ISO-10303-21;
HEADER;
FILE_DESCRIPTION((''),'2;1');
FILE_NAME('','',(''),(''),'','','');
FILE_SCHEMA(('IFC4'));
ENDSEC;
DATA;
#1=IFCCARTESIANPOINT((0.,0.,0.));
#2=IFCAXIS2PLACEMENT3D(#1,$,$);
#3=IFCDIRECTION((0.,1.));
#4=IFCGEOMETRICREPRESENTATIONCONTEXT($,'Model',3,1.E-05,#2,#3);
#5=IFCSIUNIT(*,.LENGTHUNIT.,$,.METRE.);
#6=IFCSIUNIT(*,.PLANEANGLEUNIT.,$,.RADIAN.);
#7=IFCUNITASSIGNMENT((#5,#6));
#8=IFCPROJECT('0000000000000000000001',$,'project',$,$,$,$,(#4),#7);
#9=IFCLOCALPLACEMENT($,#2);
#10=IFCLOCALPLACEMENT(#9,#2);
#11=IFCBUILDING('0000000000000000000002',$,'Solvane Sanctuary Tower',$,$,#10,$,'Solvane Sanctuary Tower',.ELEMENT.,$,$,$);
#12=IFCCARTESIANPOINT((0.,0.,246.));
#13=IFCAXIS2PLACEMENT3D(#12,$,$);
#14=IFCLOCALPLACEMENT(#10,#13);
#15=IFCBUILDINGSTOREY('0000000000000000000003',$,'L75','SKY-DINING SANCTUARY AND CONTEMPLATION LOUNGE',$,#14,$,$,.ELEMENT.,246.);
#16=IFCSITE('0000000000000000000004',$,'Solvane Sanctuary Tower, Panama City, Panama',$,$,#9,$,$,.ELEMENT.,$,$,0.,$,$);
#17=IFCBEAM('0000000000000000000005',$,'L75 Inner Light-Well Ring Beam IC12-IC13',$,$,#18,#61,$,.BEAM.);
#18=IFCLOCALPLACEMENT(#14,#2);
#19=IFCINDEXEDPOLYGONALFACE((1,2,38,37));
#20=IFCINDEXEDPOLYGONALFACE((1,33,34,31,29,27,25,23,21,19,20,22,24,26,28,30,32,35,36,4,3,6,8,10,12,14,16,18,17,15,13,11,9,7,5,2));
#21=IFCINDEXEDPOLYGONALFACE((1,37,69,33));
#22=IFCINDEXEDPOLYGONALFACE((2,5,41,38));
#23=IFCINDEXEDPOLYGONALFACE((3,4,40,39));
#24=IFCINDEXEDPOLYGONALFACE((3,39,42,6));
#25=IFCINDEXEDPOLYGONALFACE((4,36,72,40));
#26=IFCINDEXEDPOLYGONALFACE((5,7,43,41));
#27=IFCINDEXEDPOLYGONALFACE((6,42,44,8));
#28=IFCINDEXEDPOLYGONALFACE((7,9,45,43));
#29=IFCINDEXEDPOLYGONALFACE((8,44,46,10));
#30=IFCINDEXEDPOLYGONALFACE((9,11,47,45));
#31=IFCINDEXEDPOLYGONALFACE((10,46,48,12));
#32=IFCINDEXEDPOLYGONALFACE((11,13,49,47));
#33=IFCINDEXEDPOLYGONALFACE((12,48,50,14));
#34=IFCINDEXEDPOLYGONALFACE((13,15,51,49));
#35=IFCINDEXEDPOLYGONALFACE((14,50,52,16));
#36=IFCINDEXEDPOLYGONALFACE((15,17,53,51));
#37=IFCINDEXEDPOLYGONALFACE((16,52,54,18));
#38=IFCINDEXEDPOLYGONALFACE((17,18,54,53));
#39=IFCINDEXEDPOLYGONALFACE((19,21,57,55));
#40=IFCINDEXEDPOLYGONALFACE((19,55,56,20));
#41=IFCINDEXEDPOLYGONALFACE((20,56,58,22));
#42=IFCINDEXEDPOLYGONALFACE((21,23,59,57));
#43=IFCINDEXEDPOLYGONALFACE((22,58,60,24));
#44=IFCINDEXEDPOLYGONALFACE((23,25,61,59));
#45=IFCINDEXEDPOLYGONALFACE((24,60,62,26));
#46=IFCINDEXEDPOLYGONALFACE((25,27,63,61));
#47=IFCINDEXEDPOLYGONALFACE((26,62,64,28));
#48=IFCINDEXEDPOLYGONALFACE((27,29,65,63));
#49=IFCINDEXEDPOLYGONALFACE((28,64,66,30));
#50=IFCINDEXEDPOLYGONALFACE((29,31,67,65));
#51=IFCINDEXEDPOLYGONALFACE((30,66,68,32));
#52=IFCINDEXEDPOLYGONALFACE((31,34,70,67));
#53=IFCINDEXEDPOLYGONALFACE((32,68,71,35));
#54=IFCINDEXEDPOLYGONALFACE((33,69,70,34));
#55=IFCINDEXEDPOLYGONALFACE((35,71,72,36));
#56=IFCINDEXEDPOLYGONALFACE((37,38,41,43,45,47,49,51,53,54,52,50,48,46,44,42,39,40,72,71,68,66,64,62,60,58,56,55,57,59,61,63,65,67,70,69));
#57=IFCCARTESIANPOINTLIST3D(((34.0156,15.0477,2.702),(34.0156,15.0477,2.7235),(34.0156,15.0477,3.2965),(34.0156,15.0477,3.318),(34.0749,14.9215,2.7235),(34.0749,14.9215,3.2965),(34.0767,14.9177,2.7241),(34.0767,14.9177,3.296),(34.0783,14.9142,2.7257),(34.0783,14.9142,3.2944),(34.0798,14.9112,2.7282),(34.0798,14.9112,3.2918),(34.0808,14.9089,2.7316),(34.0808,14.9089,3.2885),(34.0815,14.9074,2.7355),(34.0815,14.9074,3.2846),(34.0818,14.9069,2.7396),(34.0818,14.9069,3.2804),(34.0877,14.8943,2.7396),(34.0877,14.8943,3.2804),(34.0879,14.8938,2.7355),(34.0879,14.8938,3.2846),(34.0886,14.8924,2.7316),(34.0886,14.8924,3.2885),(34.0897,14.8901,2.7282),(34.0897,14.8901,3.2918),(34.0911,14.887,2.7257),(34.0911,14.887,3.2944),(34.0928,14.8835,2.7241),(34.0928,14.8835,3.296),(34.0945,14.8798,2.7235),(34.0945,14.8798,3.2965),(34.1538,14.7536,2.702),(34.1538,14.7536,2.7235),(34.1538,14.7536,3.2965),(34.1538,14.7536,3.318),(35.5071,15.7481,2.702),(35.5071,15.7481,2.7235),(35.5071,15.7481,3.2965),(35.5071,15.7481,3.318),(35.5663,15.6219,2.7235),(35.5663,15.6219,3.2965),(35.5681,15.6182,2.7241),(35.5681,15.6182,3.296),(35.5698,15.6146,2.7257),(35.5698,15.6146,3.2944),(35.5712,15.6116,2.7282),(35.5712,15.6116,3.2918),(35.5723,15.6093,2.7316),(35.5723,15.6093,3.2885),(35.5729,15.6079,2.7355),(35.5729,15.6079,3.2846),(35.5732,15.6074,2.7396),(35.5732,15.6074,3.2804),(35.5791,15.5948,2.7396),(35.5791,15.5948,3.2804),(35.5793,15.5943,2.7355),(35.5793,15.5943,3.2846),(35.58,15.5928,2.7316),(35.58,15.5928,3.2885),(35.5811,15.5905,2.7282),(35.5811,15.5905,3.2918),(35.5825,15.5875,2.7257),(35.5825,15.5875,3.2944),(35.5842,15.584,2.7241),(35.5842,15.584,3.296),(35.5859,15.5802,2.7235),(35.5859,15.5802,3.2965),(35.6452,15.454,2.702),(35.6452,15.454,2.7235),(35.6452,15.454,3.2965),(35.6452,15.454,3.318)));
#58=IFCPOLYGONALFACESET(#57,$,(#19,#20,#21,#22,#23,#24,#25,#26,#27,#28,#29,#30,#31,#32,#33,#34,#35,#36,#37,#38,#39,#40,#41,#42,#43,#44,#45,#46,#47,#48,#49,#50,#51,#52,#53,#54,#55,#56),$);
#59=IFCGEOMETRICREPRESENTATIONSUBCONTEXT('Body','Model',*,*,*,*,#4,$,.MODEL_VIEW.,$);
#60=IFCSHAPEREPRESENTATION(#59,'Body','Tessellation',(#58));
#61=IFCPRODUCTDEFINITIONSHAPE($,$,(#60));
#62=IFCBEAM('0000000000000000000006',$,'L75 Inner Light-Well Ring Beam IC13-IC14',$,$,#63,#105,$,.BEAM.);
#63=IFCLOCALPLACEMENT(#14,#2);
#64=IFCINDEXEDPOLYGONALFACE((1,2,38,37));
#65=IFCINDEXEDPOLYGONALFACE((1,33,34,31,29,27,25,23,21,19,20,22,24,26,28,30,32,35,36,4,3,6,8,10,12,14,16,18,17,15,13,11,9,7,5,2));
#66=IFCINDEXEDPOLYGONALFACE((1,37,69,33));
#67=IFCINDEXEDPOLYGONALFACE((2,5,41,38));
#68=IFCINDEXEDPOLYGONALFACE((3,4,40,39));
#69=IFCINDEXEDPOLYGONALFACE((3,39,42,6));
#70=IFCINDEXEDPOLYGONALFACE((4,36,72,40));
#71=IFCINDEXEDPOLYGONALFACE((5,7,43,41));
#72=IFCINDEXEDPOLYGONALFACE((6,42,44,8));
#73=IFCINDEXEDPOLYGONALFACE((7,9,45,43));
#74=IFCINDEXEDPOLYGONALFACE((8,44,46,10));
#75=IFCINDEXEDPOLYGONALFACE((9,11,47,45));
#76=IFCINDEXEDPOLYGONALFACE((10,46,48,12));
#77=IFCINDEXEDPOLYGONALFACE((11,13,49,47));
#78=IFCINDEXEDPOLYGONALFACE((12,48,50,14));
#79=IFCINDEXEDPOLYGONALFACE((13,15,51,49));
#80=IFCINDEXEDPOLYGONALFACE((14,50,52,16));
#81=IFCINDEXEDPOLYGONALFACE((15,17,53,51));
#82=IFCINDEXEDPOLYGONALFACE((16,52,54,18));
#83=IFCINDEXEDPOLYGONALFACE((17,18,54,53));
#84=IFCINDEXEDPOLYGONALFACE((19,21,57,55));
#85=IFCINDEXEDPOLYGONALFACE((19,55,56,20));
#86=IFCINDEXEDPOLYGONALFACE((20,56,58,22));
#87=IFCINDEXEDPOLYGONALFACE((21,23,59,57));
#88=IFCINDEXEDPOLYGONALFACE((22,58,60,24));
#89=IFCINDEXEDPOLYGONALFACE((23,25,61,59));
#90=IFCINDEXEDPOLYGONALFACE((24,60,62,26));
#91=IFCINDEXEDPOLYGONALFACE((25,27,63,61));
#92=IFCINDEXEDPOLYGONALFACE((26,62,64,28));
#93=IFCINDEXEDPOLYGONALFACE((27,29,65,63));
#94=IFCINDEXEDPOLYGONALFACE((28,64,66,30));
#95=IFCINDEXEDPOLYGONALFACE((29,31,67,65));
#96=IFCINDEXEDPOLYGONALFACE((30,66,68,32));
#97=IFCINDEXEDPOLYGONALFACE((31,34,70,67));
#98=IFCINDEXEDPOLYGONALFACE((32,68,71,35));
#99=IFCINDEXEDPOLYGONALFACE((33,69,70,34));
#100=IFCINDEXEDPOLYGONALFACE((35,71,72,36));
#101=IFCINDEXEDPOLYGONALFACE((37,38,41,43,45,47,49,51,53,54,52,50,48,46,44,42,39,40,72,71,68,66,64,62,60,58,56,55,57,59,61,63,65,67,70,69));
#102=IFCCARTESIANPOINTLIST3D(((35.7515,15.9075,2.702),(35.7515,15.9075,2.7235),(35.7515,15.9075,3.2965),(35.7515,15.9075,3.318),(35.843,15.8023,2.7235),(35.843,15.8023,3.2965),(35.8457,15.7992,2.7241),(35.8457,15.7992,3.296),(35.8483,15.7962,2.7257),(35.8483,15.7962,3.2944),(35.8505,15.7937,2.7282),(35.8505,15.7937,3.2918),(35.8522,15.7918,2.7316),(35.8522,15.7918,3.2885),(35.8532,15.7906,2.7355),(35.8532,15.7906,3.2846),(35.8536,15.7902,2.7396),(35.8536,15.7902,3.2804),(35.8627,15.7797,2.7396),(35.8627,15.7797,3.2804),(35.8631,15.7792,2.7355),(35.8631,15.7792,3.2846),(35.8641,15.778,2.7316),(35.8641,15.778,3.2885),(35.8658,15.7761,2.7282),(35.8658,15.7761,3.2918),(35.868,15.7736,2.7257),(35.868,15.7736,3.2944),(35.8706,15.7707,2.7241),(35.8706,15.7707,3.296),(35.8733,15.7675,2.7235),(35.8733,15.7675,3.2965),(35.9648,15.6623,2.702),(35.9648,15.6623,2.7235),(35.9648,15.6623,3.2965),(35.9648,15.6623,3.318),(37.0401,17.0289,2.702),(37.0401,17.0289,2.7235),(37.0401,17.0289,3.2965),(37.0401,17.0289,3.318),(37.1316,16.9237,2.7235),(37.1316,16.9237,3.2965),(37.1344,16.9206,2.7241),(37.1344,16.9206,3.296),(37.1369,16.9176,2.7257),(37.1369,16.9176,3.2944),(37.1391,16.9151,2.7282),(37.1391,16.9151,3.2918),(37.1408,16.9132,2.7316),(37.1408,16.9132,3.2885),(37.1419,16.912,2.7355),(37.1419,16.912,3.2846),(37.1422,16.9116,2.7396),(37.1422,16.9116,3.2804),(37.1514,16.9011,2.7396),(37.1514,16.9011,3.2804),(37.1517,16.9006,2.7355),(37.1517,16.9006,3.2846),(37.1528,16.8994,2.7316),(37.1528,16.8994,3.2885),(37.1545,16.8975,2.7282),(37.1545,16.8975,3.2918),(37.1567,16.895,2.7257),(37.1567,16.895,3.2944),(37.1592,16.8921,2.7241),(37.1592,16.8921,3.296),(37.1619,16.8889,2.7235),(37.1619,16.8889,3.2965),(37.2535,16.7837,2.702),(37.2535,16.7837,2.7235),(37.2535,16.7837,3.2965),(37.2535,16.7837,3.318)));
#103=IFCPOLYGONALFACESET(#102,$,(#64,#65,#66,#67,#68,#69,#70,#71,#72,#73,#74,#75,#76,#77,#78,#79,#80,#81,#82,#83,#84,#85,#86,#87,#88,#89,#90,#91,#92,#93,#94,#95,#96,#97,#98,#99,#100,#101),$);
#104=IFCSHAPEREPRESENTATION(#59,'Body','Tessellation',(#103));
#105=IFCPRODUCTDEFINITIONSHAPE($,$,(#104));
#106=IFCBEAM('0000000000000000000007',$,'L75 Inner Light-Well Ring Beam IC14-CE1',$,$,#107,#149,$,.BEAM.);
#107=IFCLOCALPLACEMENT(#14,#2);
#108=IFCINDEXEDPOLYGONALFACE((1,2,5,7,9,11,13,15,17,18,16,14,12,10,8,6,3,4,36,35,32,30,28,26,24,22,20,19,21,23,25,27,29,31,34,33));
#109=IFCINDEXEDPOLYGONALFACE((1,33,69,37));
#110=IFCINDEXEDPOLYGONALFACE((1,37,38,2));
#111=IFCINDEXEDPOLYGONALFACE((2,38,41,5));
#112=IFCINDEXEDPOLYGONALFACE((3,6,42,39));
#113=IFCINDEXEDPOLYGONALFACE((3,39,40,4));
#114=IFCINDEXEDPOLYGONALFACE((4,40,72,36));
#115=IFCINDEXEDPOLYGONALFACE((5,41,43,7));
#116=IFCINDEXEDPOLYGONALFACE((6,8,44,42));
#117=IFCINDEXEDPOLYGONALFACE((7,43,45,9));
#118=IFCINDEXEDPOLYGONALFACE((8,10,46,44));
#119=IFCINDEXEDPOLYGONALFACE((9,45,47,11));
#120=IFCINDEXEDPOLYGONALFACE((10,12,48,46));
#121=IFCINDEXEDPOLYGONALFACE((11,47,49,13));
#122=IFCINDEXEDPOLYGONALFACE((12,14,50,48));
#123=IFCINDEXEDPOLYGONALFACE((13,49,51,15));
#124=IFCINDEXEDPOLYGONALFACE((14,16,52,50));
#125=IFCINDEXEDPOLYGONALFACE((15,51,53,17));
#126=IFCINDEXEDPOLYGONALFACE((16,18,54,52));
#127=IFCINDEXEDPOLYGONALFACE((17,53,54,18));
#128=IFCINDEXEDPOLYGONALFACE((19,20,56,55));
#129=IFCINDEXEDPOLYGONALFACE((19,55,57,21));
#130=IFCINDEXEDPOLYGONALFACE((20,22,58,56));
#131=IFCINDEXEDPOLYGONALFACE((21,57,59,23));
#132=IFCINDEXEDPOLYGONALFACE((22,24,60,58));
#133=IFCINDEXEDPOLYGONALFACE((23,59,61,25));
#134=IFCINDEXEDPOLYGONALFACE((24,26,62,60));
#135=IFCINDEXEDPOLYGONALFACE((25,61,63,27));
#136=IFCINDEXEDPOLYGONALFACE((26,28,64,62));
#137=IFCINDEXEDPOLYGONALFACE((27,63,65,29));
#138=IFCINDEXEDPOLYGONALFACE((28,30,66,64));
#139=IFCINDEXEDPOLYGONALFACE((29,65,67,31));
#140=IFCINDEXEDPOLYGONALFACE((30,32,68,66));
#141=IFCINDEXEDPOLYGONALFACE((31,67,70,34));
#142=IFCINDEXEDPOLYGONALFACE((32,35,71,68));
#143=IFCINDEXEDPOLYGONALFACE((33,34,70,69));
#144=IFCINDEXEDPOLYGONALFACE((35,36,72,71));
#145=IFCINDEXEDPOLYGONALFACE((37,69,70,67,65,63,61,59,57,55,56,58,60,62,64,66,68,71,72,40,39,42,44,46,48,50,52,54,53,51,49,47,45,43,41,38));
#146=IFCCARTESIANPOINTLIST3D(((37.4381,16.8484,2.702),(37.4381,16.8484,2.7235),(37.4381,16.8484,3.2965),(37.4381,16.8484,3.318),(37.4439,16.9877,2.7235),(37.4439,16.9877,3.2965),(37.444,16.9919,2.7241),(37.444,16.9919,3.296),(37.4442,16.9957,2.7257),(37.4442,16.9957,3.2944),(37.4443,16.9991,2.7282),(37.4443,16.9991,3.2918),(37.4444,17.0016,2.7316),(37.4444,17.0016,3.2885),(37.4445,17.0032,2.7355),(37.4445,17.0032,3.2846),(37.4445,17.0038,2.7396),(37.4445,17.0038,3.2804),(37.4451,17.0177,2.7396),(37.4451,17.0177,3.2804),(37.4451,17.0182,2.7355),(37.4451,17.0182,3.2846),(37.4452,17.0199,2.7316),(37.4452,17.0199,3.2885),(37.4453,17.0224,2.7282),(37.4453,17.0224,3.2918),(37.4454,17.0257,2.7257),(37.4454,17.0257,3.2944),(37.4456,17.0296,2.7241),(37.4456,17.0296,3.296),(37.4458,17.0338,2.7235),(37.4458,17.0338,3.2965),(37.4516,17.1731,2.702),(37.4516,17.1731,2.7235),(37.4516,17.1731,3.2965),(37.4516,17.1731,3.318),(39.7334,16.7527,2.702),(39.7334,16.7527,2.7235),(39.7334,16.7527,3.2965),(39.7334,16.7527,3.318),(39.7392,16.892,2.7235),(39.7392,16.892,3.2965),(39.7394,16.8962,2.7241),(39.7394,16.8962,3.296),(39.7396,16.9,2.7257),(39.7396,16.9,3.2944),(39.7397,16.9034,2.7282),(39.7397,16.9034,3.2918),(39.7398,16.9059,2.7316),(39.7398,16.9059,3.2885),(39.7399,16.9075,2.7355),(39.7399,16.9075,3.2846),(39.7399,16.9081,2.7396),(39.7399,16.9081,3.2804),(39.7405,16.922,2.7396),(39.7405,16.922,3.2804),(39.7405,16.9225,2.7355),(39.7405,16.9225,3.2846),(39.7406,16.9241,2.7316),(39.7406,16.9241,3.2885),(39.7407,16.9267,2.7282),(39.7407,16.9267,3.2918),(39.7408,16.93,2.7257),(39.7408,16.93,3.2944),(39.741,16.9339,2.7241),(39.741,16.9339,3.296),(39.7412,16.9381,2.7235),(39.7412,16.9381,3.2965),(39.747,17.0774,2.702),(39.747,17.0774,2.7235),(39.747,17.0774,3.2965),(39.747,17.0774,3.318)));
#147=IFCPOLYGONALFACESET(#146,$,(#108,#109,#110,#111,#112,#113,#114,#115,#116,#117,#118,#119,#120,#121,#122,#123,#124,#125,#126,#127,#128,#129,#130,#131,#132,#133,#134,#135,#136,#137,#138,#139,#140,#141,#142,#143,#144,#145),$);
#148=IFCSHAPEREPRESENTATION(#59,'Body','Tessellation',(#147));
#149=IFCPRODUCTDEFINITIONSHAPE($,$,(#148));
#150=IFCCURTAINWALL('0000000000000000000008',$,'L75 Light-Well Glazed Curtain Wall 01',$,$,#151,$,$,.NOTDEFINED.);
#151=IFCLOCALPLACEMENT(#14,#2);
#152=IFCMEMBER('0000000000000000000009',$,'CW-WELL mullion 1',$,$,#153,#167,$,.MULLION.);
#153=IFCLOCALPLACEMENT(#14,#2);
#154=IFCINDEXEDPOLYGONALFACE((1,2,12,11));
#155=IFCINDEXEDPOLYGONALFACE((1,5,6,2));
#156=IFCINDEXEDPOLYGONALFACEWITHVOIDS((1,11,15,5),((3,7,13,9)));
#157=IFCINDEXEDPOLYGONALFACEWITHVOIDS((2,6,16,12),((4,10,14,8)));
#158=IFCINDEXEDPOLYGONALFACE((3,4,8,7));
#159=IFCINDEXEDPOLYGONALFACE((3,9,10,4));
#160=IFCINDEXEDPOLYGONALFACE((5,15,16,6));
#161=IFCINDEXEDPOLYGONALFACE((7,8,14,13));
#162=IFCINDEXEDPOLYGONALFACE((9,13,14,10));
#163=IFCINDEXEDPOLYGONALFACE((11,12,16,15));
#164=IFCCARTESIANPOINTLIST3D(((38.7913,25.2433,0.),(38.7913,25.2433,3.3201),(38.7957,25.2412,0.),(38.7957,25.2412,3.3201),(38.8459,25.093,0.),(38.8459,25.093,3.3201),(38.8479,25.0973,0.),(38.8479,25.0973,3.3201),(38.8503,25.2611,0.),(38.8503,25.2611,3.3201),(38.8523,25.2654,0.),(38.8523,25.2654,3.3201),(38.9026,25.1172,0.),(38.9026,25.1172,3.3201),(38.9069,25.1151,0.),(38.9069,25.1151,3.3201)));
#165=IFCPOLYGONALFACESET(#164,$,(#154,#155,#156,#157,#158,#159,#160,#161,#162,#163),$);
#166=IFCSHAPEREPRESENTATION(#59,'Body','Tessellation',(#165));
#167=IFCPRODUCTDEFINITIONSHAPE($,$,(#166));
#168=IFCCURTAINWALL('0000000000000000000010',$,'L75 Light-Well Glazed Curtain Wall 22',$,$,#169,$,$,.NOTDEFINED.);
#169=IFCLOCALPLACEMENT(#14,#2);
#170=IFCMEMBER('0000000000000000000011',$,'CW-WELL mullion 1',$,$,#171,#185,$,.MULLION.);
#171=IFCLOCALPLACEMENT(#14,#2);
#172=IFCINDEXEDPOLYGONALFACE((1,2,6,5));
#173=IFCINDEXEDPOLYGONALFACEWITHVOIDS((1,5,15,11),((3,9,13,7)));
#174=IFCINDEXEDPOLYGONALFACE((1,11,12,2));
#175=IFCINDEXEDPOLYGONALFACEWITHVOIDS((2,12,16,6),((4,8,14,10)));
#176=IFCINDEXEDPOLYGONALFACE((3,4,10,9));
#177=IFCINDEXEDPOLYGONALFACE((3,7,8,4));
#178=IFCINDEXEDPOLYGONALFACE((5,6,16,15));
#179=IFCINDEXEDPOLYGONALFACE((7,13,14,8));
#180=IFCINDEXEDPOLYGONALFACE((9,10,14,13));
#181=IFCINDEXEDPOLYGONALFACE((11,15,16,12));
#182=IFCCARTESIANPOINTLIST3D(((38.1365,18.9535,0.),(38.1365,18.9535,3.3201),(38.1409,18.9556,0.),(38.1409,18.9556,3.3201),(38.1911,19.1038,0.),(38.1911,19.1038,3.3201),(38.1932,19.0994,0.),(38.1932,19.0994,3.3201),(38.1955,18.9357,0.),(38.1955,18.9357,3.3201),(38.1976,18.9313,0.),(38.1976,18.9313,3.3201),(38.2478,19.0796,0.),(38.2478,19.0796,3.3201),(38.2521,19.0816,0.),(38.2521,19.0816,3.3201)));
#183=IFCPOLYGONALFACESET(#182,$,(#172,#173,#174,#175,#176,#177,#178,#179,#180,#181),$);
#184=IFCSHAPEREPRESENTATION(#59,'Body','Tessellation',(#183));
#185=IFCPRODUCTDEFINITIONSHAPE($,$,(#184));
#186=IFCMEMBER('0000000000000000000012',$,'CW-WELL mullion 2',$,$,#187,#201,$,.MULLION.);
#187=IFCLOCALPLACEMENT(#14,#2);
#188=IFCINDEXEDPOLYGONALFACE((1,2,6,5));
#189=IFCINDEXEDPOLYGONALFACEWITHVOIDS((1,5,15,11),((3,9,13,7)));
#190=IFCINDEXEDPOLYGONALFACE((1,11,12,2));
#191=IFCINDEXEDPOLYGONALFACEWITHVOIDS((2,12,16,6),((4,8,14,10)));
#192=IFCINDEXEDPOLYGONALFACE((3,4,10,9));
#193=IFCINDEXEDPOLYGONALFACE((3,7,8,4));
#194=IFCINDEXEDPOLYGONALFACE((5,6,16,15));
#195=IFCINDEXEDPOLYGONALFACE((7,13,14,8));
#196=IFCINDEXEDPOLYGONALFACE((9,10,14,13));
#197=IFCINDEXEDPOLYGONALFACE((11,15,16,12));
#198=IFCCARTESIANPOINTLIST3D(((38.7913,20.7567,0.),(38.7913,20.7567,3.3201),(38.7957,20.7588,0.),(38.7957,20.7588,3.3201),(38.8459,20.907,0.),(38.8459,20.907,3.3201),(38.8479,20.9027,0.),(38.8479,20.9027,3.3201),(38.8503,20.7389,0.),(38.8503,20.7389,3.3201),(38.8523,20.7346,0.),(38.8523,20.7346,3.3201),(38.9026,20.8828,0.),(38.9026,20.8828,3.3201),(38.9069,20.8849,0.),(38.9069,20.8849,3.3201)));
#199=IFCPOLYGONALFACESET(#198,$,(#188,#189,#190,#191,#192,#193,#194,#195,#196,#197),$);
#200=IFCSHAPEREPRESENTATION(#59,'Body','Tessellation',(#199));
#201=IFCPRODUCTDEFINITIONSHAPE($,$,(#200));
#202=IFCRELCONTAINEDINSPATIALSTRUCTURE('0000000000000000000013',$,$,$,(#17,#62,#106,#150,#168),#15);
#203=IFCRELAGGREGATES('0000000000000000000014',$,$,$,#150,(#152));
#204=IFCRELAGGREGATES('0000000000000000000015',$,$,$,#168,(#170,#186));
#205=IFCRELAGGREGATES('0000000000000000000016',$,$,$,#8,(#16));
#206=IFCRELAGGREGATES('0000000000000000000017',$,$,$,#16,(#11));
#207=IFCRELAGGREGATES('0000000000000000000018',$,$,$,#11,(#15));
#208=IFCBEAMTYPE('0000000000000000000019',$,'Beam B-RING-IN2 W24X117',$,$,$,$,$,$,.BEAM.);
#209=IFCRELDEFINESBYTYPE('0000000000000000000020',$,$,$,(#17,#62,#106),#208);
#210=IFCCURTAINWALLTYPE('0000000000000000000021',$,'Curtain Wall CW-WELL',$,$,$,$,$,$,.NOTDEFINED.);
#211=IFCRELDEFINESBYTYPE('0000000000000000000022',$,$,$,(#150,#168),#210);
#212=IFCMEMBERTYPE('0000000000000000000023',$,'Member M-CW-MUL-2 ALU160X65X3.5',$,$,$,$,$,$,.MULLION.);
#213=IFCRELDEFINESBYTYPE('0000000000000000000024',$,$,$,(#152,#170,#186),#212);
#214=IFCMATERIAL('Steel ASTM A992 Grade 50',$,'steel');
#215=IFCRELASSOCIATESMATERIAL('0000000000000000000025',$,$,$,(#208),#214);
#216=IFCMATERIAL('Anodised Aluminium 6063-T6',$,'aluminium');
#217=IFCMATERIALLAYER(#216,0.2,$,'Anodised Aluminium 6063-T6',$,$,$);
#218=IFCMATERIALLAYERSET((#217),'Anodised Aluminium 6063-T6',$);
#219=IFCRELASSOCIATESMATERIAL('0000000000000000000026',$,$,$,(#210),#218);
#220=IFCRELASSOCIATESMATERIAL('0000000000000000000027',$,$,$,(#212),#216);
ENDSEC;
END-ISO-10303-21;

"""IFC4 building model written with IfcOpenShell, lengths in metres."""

from ifc_helpers import new_model, si_unit, direction, frame, origin, origin_2d, place, context, subcontext, project, spatial, hollow_rectangle, i_section, extrude, material, layer, layer_set, material_profile, profile_set, type_object, element, aggregate, save


model = new_model("IFC4")

# Units and contexts
model_context = context("Model", 3, precision=1e-05, world=origin(), true_north=direction((0.0, 1.0)))
body_context = subcontext(model_context, "Body", "Model", "MODEL_VIEW")
ifc_project = project(units=[si_unit("LENGTHUNIT", "METRE"), si_unit("PLANEANGLEUNIT", "RADIAN")], contexts=[model_context])

# Site, building, storey
site_placement = place(None, origin())
site = spatial("IfcSite", under=ifc_project, at=site_placement, Name="Solvane Sanctuary Tower, Panama City, Panama", CompositionType="ELEMENT", RefElevation=0.0)
building_placement = place(site_placement, origin())
building = spatial("IfcBuilding", under=site, at=building_placement, Name="Solvane Sanctuary Tower", LongName="Solvane Sanctuary Tower", CompositionType="ELEMENT")
storey_placement = place(building_placement, frame((0.0, 0.0, 246.0)))
storey = spatial("IfcBuildingStorey", under=building, at=storey_placement, Name="L75", Description="SKY-DINING SANCTUARY AND CONTEMPLATION LOUNGE", CompositionType="ELEMENT", Elevation=246.0)

# Beams
ifc_material_1 = material(Name="Steel ASTM A992 Grade 50", Category="steel")
ifc_material_profile_1 = material_profile(ifc_material_1, i_section(OverallWidth=0.325, OverallDepth=0.616, WebThickness=0.0139, FlangeThickness=0.0215, FilletRadius=0.0161, at=origin_2d()), Name="W24X117")
ifc_profile_set_1 = profile_set([ifc_material_profile_1], Name="Steel ASTM A992 Grade 50")
beam_type_1 = type_object("IfcBeamType", Name="Beam B-RING-IN2 W24X117", PredefinedType="BEAM", material=ifc_profile_set_1)
beam_1_placement = place(storey_placement, frame((34.0847, 14.9006, 3.01), z_axis=(0.905151, 0.42509, 0.0), x_axis=(-0.42509, 0.905151, 0.0)))
element("IfcBeam", 1, at=beam_1_placement, inside=storey, type_object=beam_type_1, Name="L75 Inner Light-Well Ring Beam IC12-IC13", PredefinedType="BEAM", context=body_context, shape_type="SweptSolid", body=[
    extrude(i_section(OverallWidth=0.325, OverallDepth=0.616, WebThickness=0.0139, FlangeThickness=0.0215, FilletRadius=0.0161, at=origin_2d()), origin(), (0.0, 0.0, 1.0), 1.6477),
])
beam_2_placement = place(storey_placement, frame((35.8582, 15.7849, 3.01), z_axis=(0.754362, 0.656458, 0.0), x_axis=(-0.656458, 0.754362, 0.0)))
element("IfcBeam", 2, at=beam_2_placement, inside=storey, type_object=beam_type_1, Name="L75 Inner Light-Well Ring Beam IC13-IC14", PredefinedType="BEAM", context=body_context, shape_type="SweptSolid", body=[
    extrude(i_section(OverallWidth=0.325, OverallDepth=0.616, WebThickness=0.0139, FlangeThickness=0.0215, FilletRadius=0.0161, at=origin_2d()), origin(), (0.0, 0.0, 1.0), 1.7083),
])
beam_3_placement = place(storey_placement, frame((37.4448, 17.0107, 3.01), z_axis=(0.999132, -0.041657, 0.0), x_axis=(0.041657, 0.999132, 0.0)))
element("IfcBeam", 3, at=beam_3_placement, inside=storey, type_object=beam_type_1, Name="L75 Inner Light-Well Ring Beam IC14-CE1", PredefinedType="BEAM", context=body_context, shape_type="SweptSolid", body=[
    extrude(i_section(OverallWidth=0.325, OverallDepth=0.616, WebThickness=0.0139, FlangeThickness=0.0215, FilletRadius=0.0161, at=origin_2d()), origin(), (0.0, 0.0, 1.0), 2.2974),
])

# Curtain wall, member
ifc_material_2 = material(Name="Anodised Aluminium 6063-T6", Category="aluminium")
ifc_layer_1 = layer(ifc_material_2, 0.2, Name="Anodised Aluminium 6063-T6")
ifc_layer_set_1 = layer_set([ifc_layer_1], Name="Anodised Aluminium 6063-T6")
curtain_wall_type = type_object("IfcCurtainWallType", Name="Curtain Wall CW-WELL", PredefinedType="NOTDEFINED", material=ifc_layer_set_1)
curtain_wall_1_placement = place(storey_placement, origin())
curtain_wall_1 = element("IfcCurtainWall", 4, at=curtain_wall_1_placement, inside=storey, type_object=curtain_wall_type, Name="L75 Light-Well Glazed Curtain Wall 01", PredefinedType="NOTDEFINED")
ifc_material_profile_2 = material_profile(ifc_material_2, hollow_rectangle(XDim=0.0649, YDim=0.1599, WallThickness=0.0034, at=origin_2d()), Name="ALU160X65X3.5")
ifc_profile_set_2 = profile_set([ifc_material_profile_2], Name="Anodised Aluminium 6063-T6")
member_type_1 = type_object("IfcMemberType", Name="Member M-CW-MUL-2 ALU160X65X3.5", PredefinedType="MULLION", material=ifc_profile_set_2)
member_1_placement = place(storey_placement, frame((38.8491, 25.1792, 0.0), z_axis=(0.0, 0.0, 1.0), x_axis=(-0.939933, -0.341358, 0.0)))
member_1 = element("IfcMember", 5, at=member_1_placement, type_object=member_type_1, Name="CW-WELL mullion 1", PredefinedType="MULLION", context=body_context, shape_type="SweptSolid", body=[
    extrude(hollow_rectangle(XDim=0.0649, YDim=0.1599, WallThickness=0.0034, at=origin_2d()), origin(), (0.0, 0.0, 1.0), 3.3201),
])

# Curtain wall, members
curtain_wall_2_placement = place(storey_placement, origin())
curtain_wall_2 = element("IfcCurtainWall", 6, at=curtain_wall_2_placement, inside=storey, type_object=curtain_wall_type, Name="L75 Light-Well Glazed Curtain Wall 22", PredefinedType="NOTDEFINED")
member_2_placement = place(storey_placement, frame((38.1943, 19.0176, 0.0), z_axis=(0.0, 0.0, 1.0), x_axis=(-0.939933, 0.341358, 0.0)))
member_2 = element("IfcMember", 7, at=member_2_placement, type_object=member_type_1, Name="CW-WELL mullion 1", PredefinedType="MULLION", context=body_context, shape_type="SweptSolid", body=[
    extrude(hollow_rectangle(XDim=0.0649, YDim=0.1599, WallThickness=0.0034, at=origin_2d()), origin(), (0.0, 0.0, 1.0), 3.3201),
])
member_3_placement = place(storey_placement, frame((38.8491, 20.8208, 0.0), z_axis=(0.0, 0.0, 1.0), x_axis=(-0.939933, 0.341358, 0.0)))
member_3 = element("IfcMember", 8, at=member_3_placement, type_object=member_type_1, Name="CW-WELL mullion 2", PredefinedType="MULLION", context=body_context, shape_type="SweptSolid", body=[
    extrude(hollow_rectangle(XDim=0.0649, YDim=0.1599, WallThickness=0.0034, at=origin_2d()), origin(), (0.0, 0.0, 1.0), 3.3201),
])

aggregate(curtain_wall_1, [member_1])

aggregate(curtain_wall_2, [member_2, member_3])

save(model, "model.ifc")
